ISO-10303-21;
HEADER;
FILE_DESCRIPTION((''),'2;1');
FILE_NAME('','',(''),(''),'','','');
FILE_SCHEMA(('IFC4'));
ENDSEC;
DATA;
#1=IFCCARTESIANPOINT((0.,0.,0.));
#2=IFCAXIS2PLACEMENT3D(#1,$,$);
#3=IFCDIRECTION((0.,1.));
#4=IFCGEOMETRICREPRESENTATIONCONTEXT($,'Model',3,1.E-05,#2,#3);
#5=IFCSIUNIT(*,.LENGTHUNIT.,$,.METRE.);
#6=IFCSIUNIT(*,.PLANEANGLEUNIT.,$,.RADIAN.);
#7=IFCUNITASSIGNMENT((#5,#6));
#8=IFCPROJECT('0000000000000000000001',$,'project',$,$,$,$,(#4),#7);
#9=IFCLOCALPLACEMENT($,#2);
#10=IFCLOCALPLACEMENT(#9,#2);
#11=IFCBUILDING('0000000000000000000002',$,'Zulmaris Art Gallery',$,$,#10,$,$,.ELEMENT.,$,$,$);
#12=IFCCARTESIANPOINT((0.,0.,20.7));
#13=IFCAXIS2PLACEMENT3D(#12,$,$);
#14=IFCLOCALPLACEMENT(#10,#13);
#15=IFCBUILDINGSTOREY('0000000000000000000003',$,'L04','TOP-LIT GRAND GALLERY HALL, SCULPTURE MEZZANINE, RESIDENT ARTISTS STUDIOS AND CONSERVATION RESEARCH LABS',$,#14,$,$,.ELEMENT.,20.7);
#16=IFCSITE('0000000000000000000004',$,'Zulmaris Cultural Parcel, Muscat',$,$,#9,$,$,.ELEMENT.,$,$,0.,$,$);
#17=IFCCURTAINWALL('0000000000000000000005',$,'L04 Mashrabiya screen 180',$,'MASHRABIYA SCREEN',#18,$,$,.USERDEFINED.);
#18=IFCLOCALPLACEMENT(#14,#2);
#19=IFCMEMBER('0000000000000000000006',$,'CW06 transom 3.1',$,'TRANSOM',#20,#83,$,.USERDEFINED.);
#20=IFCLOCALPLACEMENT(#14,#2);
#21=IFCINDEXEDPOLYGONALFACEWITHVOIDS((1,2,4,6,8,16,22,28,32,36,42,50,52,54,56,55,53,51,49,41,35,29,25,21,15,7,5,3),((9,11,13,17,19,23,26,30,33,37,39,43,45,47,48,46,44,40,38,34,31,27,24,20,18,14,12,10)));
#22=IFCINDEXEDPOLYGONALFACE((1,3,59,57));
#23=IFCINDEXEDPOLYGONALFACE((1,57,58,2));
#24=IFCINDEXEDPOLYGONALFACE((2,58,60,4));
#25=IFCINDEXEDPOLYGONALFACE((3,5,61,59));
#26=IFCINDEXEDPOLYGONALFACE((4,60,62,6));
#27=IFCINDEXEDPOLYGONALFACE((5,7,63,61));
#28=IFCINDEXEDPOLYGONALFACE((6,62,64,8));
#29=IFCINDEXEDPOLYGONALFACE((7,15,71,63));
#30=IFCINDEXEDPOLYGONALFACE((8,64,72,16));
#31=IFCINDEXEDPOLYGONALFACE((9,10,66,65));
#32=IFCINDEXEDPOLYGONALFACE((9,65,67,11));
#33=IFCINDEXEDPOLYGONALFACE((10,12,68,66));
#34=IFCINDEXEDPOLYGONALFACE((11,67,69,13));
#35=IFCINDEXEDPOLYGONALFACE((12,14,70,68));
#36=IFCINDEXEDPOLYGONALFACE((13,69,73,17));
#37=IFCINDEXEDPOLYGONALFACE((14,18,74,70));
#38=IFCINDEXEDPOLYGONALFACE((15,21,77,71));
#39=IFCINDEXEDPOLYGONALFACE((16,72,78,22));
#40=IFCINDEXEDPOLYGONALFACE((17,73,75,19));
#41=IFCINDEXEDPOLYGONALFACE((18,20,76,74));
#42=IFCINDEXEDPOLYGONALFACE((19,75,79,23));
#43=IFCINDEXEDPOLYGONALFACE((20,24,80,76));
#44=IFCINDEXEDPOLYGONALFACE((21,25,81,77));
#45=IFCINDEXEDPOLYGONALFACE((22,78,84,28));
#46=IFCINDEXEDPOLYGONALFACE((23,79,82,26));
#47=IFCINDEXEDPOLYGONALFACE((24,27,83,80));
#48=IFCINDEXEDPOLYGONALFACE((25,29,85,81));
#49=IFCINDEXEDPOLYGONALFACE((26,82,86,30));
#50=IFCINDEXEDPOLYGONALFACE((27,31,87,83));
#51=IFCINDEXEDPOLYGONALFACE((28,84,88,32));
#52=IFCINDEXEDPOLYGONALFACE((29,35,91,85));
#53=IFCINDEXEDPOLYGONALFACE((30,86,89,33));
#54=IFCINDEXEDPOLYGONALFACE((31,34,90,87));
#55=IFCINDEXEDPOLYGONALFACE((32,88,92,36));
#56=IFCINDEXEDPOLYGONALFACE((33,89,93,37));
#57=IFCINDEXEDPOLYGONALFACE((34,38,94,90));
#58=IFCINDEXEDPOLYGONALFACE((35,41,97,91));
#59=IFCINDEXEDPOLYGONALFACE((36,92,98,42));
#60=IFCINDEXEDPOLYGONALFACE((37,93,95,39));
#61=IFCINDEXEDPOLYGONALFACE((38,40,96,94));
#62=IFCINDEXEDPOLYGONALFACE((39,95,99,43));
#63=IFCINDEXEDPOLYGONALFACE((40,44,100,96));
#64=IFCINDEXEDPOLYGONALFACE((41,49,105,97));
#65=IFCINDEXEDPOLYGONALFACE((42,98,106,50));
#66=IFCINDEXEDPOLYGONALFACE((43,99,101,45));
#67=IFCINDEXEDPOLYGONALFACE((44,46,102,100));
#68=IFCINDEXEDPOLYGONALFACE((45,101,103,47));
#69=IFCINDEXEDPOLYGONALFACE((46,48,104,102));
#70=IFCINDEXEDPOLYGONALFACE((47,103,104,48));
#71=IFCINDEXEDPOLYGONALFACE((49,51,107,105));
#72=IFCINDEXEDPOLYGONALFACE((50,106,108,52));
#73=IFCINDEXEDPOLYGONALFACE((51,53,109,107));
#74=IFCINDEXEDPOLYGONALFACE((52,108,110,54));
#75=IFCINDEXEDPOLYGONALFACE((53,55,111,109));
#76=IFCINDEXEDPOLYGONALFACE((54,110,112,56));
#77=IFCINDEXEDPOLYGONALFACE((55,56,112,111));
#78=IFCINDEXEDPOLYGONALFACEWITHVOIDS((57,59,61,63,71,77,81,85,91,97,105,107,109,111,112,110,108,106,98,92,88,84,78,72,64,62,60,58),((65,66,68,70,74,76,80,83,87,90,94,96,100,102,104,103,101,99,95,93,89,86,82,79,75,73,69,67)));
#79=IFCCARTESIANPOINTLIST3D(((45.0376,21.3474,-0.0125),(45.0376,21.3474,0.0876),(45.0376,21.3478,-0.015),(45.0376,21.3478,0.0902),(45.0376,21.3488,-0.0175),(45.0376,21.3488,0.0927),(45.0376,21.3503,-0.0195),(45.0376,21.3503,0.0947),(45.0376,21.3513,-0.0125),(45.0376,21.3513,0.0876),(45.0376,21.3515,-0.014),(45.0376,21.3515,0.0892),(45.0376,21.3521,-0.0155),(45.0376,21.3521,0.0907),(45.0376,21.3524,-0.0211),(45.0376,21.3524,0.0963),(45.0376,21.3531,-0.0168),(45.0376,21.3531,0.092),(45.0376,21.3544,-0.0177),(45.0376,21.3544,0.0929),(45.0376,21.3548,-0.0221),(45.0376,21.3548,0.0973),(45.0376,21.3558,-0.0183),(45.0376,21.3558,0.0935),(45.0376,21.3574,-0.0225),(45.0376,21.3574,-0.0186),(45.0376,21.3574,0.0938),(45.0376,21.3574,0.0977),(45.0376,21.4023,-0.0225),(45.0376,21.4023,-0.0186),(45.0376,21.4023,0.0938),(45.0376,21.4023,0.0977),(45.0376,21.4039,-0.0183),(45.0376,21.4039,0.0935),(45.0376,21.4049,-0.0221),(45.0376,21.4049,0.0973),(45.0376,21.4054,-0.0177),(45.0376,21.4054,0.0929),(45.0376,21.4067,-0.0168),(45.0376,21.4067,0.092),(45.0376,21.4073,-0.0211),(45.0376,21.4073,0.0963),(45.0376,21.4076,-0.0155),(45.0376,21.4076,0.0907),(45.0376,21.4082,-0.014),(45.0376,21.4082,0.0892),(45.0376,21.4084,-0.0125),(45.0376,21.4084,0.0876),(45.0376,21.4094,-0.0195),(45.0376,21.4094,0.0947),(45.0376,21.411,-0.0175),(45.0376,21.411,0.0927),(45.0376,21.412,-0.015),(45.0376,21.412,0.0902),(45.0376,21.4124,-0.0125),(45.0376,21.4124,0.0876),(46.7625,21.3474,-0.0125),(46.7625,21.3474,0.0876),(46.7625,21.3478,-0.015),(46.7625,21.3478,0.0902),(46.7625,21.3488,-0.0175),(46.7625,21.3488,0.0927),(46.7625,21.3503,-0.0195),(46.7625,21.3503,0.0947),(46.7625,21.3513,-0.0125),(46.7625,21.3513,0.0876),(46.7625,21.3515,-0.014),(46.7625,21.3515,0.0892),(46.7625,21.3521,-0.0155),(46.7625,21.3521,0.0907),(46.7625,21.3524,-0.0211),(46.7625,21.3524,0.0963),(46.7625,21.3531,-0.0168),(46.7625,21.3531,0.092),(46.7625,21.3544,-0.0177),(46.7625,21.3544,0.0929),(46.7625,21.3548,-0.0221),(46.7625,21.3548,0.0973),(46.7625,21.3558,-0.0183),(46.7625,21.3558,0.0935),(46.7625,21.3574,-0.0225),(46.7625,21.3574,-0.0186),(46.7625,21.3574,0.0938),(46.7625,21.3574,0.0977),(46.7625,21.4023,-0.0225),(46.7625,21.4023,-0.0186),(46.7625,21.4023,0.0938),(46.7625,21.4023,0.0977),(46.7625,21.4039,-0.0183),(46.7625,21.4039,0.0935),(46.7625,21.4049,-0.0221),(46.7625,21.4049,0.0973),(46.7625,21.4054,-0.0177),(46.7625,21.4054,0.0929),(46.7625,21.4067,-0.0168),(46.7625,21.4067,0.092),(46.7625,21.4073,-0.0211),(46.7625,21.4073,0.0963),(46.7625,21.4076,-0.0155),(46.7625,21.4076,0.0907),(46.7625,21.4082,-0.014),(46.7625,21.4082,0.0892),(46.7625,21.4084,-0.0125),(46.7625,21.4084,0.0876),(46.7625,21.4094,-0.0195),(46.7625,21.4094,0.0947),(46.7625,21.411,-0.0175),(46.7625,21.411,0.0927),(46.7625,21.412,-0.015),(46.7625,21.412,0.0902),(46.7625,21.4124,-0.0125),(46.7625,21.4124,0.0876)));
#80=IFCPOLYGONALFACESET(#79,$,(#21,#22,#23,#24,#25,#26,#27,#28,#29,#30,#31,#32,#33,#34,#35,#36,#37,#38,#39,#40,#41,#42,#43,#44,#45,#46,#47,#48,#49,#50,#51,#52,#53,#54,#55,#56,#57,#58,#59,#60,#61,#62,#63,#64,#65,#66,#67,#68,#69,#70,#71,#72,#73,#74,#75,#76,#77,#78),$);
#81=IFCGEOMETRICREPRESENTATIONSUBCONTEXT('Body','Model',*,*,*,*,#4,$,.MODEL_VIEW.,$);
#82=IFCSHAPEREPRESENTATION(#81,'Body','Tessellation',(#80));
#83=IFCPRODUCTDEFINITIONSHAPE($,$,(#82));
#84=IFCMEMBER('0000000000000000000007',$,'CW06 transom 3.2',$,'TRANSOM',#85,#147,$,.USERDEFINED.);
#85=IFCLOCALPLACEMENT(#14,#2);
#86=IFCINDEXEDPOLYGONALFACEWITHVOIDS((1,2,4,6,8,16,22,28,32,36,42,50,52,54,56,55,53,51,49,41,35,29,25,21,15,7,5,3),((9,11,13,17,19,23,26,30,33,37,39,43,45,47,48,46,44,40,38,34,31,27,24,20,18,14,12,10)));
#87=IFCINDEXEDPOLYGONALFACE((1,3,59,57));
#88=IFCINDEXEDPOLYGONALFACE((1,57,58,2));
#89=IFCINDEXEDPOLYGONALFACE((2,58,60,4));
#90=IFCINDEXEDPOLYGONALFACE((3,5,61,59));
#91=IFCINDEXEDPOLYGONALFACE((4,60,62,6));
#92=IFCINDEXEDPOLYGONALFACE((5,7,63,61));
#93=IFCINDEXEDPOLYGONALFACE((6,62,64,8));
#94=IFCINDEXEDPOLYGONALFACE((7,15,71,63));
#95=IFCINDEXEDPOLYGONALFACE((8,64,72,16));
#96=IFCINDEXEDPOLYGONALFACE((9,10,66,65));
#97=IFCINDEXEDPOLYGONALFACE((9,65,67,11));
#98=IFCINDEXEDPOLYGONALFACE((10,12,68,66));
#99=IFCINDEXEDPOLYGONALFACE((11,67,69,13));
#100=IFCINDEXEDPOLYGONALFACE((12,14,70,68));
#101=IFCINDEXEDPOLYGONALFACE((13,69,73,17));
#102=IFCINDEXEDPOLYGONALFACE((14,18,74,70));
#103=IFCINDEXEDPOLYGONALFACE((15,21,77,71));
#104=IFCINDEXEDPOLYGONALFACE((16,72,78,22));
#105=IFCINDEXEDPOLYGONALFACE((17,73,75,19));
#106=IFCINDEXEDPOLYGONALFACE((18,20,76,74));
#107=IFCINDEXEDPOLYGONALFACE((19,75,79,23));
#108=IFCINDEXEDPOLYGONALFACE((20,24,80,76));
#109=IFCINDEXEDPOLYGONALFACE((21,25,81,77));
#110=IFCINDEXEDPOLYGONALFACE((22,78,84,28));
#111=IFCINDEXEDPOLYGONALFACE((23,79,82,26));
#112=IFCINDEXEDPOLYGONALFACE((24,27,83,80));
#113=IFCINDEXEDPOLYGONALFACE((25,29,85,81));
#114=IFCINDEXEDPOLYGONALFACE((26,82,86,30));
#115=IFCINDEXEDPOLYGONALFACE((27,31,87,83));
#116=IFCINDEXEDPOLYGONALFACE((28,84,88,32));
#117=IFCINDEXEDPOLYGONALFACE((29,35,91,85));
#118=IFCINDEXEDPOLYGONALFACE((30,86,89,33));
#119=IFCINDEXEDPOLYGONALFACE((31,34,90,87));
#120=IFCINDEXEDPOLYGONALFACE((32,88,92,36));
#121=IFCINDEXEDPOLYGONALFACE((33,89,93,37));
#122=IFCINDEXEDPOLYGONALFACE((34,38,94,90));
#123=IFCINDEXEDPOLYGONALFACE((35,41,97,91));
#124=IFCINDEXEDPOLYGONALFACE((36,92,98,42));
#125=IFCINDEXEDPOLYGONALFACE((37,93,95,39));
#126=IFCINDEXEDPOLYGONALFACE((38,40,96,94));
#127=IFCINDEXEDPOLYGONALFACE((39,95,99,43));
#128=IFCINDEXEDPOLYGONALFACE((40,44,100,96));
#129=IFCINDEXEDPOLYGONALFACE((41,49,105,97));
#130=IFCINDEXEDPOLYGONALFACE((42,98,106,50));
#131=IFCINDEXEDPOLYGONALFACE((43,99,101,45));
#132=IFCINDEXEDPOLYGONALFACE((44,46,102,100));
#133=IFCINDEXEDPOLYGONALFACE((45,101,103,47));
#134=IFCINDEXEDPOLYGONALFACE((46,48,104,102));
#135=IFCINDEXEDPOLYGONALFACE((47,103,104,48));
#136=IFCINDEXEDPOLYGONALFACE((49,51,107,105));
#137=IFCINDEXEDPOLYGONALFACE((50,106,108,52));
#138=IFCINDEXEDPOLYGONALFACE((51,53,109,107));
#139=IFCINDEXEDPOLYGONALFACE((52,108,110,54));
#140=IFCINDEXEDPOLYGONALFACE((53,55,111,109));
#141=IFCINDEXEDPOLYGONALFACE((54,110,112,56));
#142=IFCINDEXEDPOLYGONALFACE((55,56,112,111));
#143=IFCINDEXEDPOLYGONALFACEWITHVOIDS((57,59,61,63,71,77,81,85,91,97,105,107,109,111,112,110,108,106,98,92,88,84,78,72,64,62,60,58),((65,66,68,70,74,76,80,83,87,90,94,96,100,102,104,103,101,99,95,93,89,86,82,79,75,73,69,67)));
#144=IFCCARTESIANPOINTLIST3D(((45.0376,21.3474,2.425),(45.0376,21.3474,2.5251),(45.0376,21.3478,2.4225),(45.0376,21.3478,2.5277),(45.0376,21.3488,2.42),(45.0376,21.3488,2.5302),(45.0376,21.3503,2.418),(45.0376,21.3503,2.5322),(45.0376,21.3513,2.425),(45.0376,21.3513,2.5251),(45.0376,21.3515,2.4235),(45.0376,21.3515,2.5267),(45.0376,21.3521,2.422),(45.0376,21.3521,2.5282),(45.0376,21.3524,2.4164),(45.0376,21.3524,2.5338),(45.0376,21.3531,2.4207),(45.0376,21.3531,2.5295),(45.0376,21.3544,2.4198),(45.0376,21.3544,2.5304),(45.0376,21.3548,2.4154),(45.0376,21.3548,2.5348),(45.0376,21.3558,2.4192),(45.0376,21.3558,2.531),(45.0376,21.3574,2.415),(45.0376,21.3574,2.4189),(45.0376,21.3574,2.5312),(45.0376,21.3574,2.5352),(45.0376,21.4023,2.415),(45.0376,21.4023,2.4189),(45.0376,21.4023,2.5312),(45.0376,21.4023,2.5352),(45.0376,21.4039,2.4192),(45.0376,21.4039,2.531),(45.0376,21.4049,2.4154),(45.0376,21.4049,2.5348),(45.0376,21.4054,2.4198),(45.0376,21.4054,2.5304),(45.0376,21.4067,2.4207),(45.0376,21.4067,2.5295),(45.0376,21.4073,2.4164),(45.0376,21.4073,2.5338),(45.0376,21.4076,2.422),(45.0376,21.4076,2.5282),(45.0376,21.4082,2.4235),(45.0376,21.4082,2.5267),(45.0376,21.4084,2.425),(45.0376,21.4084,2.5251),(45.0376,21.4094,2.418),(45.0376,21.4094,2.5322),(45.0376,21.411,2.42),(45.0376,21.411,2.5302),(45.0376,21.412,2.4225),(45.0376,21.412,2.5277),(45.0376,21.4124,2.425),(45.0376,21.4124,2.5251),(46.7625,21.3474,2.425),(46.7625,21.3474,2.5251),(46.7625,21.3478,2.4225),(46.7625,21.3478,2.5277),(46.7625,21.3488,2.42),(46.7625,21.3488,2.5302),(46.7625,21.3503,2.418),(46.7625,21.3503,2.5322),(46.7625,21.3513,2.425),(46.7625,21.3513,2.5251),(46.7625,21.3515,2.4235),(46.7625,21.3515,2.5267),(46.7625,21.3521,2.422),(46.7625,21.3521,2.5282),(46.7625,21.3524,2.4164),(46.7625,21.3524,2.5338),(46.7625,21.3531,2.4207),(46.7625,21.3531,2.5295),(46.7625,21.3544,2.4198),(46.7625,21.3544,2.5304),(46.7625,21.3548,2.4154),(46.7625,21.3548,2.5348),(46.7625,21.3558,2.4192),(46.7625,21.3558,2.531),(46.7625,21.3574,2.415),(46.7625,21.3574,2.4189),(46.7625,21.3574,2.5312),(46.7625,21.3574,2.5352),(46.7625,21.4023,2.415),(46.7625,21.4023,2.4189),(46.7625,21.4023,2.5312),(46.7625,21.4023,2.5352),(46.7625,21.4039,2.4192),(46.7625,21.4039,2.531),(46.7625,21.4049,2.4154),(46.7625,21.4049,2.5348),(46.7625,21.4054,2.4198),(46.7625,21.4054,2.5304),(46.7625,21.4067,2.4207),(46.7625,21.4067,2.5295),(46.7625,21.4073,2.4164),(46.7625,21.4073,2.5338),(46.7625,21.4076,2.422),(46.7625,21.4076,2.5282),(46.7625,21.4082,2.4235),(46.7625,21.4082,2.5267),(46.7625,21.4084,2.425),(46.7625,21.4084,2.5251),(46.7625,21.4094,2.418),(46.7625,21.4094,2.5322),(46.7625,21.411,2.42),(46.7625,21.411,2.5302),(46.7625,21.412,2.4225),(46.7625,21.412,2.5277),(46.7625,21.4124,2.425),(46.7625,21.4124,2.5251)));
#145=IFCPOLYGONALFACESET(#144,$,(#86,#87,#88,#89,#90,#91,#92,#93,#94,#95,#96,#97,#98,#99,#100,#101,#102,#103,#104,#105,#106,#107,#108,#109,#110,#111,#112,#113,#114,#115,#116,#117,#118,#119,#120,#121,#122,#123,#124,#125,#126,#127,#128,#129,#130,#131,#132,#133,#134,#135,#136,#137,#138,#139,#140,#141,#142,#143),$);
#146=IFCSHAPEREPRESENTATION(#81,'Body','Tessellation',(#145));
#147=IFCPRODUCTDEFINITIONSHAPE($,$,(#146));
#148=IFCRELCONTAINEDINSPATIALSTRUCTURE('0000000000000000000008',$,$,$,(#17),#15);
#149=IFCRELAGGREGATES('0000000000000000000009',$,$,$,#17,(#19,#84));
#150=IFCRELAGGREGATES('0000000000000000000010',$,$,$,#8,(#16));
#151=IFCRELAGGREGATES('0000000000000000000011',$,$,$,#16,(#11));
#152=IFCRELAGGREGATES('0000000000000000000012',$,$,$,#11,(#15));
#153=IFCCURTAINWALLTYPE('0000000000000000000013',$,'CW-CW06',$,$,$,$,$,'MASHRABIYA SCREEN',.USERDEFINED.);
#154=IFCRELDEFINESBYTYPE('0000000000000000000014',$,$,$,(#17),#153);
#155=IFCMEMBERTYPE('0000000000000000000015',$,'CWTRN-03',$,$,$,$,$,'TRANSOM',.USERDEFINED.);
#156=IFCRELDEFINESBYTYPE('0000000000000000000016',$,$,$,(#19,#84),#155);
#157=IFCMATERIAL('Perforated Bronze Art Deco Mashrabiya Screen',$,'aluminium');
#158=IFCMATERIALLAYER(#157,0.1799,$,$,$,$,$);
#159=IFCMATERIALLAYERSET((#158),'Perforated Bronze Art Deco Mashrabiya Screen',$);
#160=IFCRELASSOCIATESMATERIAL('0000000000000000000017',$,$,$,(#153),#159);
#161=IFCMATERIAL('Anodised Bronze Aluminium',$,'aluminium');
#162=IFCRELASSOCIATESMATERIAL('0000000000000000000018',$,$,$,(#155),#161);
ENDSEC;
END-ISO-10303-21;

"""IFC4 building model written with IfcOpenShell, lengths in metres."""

from ifc_helpers import new_model, si_unit, direction, frame, origin, origin_2d, place, context, subcontext, project, spatial, hollow_rectangle, extrude, material, layer, layer_set, material_profile, profile_set, type_object, element, aggregate, save


model = new_model("IFC4")

# Units and contexts
model_context = context("Model", 3, precision=1e-05, world=origin(), true_north=direction((0.0, 1.0)))
body_context = subcontext(model_context, "Body", "Model", "MODEL_VIEW")
ifc_project = project(units=[si_unit("LENGTHUNIT", "METRE"), si_unit("PLANEANGLEUNIT", "RADIAN")], contexts=[model_context])

# Site, building, storey
site_placement = place(None, origin())
site = spatial("IfcSite", under=ifc_project, at=site_placement, Name="Zulmaris Cultural Parcel, Muscat", CompositionType="ELEMENT", RefElevation=0.0)
building_placement = place(site_placement, origin())
building = spatial("IfcBuilding", under=site, at=building_placement, Name="Zulmaris Art Gallery", CompositionType="ELEMENT")
storey_placement = place(building_placement, frame((0.0, 0.0, 20.7)))
storey = spatial("IfcBuildingStorey", under=building, at=storey_placement, Name="L04", Description="TOP-LIT GRAND GALLERY HALL, SCULPTURE MEZZANINE, RESIDENT ARTISTS STUDIOS AND CONSERVATION RESEARCH LABS", CompositionType="ELEMENT", Elevation=20.7)

# Curtain wall
ifc_material_1 = material(Name="Anodised Bronze Aluminium", Category="aluminium")
ifc_material_2 = material(Name="Perforated Bronze Art Deco Mashrabiya Screen", Category="aluminium")
ifc_layer_1 = layer(ifc_material_2, 0.1799)
ifc_layer_set_1 = layer_set([ifc_layer_1], Name="Perforated Bronze Art Deco Mashrabiya Screen")
curtain_wall_type_1 = type_object("IfcCurtainWallType", Name="CW-CW06", ElementType="MASHRABIYA SCREEN", PredefinedType="USERDEFINED", material=ifc_layer_set_1)
curtain_wall_1_placement = place(storey_placement, origin())
curtain_wall_1 = element("IfcCurtainWall", 1, at=curtain_wall_1_placement, inside=storey, type_object=curtain_wall_type_1, Name="L04 Mashrabiya screen 180", ObjectType="MASHRABIYA SCREEN", PredefinedType="USERDEFINED")

# Members
ifc_material_profile_1 = material_profile(ifc_material_1, hollow_rectangle(XDim=0.0649, YDim=0.1201, WallThickness=0.0039, InnerFilletRadius=0.0061, OuterFilletRadius=0.01, at=origin_2d()), Name="ALU 65x120x4")
ifc_profile_set_1 = profile_set([ifc_material_profile_1], Name="Anodised Bronze Aluminium")
member_type_1 = type_object("IfcMemberType", Name="CWTRN-03", ElementType="TRANSOM", PredefinedType="USERDEFINED", material=ifc_profile_set_1)
member_1_placement = place(storey_placement, frame((45.0376, 21.3799, 0.0376), z_axis=(1.0, 0.0, 0.0), x_axis=(0.0, 1.0, 0.0)))
member_1 = element("IfcMember", 2, at=member_1_placement, type_object=member_type_1, Name="CW06 transom 3.1", ObjectType="TRANSOM", PredefinedType="USERDEFINED", context=body_context, shape_type="SweptSolid", body=[
    extrude(hollow_rectangle(XDim=0.0649, YDim=0.1201, WallThickness=0.0039, InnerFilletRadius=0.0061, OuterFilletRadius=0.01, at=origin_2d()), origin(), (0.0, 0.0, 1.0), 1.7249),
])
member_2_placement = place(storey_placement, frame((45.0376, 21.3799, 2.4751), z_axis=(1.0, 0.0, 0.0), x_axis=(0.0, 1.0, 0.0)))
member_2 = element("IfcMember", 3, at=member_2_placement, type_object=member_type_1, Name="CW06 transom 3.2", ObjectType="TRANSOM", PredefinedType="USERDEFINED", context=body_context, shape_type="SweptSolid", body=[
    extrude(hollow_rectangle(XDim=0.0649, YDim=0.1201, WallThickness=0.0039, InnerFilletRadius=0.0061, OuterFilletRadius=0.01, at=origin_2d()), origin(), (0.0, 0.0, 1.0), 1.7249),
])

aggregate(curtain_wall_1, [member_1, member_2])

save(model, "model.ifc")
